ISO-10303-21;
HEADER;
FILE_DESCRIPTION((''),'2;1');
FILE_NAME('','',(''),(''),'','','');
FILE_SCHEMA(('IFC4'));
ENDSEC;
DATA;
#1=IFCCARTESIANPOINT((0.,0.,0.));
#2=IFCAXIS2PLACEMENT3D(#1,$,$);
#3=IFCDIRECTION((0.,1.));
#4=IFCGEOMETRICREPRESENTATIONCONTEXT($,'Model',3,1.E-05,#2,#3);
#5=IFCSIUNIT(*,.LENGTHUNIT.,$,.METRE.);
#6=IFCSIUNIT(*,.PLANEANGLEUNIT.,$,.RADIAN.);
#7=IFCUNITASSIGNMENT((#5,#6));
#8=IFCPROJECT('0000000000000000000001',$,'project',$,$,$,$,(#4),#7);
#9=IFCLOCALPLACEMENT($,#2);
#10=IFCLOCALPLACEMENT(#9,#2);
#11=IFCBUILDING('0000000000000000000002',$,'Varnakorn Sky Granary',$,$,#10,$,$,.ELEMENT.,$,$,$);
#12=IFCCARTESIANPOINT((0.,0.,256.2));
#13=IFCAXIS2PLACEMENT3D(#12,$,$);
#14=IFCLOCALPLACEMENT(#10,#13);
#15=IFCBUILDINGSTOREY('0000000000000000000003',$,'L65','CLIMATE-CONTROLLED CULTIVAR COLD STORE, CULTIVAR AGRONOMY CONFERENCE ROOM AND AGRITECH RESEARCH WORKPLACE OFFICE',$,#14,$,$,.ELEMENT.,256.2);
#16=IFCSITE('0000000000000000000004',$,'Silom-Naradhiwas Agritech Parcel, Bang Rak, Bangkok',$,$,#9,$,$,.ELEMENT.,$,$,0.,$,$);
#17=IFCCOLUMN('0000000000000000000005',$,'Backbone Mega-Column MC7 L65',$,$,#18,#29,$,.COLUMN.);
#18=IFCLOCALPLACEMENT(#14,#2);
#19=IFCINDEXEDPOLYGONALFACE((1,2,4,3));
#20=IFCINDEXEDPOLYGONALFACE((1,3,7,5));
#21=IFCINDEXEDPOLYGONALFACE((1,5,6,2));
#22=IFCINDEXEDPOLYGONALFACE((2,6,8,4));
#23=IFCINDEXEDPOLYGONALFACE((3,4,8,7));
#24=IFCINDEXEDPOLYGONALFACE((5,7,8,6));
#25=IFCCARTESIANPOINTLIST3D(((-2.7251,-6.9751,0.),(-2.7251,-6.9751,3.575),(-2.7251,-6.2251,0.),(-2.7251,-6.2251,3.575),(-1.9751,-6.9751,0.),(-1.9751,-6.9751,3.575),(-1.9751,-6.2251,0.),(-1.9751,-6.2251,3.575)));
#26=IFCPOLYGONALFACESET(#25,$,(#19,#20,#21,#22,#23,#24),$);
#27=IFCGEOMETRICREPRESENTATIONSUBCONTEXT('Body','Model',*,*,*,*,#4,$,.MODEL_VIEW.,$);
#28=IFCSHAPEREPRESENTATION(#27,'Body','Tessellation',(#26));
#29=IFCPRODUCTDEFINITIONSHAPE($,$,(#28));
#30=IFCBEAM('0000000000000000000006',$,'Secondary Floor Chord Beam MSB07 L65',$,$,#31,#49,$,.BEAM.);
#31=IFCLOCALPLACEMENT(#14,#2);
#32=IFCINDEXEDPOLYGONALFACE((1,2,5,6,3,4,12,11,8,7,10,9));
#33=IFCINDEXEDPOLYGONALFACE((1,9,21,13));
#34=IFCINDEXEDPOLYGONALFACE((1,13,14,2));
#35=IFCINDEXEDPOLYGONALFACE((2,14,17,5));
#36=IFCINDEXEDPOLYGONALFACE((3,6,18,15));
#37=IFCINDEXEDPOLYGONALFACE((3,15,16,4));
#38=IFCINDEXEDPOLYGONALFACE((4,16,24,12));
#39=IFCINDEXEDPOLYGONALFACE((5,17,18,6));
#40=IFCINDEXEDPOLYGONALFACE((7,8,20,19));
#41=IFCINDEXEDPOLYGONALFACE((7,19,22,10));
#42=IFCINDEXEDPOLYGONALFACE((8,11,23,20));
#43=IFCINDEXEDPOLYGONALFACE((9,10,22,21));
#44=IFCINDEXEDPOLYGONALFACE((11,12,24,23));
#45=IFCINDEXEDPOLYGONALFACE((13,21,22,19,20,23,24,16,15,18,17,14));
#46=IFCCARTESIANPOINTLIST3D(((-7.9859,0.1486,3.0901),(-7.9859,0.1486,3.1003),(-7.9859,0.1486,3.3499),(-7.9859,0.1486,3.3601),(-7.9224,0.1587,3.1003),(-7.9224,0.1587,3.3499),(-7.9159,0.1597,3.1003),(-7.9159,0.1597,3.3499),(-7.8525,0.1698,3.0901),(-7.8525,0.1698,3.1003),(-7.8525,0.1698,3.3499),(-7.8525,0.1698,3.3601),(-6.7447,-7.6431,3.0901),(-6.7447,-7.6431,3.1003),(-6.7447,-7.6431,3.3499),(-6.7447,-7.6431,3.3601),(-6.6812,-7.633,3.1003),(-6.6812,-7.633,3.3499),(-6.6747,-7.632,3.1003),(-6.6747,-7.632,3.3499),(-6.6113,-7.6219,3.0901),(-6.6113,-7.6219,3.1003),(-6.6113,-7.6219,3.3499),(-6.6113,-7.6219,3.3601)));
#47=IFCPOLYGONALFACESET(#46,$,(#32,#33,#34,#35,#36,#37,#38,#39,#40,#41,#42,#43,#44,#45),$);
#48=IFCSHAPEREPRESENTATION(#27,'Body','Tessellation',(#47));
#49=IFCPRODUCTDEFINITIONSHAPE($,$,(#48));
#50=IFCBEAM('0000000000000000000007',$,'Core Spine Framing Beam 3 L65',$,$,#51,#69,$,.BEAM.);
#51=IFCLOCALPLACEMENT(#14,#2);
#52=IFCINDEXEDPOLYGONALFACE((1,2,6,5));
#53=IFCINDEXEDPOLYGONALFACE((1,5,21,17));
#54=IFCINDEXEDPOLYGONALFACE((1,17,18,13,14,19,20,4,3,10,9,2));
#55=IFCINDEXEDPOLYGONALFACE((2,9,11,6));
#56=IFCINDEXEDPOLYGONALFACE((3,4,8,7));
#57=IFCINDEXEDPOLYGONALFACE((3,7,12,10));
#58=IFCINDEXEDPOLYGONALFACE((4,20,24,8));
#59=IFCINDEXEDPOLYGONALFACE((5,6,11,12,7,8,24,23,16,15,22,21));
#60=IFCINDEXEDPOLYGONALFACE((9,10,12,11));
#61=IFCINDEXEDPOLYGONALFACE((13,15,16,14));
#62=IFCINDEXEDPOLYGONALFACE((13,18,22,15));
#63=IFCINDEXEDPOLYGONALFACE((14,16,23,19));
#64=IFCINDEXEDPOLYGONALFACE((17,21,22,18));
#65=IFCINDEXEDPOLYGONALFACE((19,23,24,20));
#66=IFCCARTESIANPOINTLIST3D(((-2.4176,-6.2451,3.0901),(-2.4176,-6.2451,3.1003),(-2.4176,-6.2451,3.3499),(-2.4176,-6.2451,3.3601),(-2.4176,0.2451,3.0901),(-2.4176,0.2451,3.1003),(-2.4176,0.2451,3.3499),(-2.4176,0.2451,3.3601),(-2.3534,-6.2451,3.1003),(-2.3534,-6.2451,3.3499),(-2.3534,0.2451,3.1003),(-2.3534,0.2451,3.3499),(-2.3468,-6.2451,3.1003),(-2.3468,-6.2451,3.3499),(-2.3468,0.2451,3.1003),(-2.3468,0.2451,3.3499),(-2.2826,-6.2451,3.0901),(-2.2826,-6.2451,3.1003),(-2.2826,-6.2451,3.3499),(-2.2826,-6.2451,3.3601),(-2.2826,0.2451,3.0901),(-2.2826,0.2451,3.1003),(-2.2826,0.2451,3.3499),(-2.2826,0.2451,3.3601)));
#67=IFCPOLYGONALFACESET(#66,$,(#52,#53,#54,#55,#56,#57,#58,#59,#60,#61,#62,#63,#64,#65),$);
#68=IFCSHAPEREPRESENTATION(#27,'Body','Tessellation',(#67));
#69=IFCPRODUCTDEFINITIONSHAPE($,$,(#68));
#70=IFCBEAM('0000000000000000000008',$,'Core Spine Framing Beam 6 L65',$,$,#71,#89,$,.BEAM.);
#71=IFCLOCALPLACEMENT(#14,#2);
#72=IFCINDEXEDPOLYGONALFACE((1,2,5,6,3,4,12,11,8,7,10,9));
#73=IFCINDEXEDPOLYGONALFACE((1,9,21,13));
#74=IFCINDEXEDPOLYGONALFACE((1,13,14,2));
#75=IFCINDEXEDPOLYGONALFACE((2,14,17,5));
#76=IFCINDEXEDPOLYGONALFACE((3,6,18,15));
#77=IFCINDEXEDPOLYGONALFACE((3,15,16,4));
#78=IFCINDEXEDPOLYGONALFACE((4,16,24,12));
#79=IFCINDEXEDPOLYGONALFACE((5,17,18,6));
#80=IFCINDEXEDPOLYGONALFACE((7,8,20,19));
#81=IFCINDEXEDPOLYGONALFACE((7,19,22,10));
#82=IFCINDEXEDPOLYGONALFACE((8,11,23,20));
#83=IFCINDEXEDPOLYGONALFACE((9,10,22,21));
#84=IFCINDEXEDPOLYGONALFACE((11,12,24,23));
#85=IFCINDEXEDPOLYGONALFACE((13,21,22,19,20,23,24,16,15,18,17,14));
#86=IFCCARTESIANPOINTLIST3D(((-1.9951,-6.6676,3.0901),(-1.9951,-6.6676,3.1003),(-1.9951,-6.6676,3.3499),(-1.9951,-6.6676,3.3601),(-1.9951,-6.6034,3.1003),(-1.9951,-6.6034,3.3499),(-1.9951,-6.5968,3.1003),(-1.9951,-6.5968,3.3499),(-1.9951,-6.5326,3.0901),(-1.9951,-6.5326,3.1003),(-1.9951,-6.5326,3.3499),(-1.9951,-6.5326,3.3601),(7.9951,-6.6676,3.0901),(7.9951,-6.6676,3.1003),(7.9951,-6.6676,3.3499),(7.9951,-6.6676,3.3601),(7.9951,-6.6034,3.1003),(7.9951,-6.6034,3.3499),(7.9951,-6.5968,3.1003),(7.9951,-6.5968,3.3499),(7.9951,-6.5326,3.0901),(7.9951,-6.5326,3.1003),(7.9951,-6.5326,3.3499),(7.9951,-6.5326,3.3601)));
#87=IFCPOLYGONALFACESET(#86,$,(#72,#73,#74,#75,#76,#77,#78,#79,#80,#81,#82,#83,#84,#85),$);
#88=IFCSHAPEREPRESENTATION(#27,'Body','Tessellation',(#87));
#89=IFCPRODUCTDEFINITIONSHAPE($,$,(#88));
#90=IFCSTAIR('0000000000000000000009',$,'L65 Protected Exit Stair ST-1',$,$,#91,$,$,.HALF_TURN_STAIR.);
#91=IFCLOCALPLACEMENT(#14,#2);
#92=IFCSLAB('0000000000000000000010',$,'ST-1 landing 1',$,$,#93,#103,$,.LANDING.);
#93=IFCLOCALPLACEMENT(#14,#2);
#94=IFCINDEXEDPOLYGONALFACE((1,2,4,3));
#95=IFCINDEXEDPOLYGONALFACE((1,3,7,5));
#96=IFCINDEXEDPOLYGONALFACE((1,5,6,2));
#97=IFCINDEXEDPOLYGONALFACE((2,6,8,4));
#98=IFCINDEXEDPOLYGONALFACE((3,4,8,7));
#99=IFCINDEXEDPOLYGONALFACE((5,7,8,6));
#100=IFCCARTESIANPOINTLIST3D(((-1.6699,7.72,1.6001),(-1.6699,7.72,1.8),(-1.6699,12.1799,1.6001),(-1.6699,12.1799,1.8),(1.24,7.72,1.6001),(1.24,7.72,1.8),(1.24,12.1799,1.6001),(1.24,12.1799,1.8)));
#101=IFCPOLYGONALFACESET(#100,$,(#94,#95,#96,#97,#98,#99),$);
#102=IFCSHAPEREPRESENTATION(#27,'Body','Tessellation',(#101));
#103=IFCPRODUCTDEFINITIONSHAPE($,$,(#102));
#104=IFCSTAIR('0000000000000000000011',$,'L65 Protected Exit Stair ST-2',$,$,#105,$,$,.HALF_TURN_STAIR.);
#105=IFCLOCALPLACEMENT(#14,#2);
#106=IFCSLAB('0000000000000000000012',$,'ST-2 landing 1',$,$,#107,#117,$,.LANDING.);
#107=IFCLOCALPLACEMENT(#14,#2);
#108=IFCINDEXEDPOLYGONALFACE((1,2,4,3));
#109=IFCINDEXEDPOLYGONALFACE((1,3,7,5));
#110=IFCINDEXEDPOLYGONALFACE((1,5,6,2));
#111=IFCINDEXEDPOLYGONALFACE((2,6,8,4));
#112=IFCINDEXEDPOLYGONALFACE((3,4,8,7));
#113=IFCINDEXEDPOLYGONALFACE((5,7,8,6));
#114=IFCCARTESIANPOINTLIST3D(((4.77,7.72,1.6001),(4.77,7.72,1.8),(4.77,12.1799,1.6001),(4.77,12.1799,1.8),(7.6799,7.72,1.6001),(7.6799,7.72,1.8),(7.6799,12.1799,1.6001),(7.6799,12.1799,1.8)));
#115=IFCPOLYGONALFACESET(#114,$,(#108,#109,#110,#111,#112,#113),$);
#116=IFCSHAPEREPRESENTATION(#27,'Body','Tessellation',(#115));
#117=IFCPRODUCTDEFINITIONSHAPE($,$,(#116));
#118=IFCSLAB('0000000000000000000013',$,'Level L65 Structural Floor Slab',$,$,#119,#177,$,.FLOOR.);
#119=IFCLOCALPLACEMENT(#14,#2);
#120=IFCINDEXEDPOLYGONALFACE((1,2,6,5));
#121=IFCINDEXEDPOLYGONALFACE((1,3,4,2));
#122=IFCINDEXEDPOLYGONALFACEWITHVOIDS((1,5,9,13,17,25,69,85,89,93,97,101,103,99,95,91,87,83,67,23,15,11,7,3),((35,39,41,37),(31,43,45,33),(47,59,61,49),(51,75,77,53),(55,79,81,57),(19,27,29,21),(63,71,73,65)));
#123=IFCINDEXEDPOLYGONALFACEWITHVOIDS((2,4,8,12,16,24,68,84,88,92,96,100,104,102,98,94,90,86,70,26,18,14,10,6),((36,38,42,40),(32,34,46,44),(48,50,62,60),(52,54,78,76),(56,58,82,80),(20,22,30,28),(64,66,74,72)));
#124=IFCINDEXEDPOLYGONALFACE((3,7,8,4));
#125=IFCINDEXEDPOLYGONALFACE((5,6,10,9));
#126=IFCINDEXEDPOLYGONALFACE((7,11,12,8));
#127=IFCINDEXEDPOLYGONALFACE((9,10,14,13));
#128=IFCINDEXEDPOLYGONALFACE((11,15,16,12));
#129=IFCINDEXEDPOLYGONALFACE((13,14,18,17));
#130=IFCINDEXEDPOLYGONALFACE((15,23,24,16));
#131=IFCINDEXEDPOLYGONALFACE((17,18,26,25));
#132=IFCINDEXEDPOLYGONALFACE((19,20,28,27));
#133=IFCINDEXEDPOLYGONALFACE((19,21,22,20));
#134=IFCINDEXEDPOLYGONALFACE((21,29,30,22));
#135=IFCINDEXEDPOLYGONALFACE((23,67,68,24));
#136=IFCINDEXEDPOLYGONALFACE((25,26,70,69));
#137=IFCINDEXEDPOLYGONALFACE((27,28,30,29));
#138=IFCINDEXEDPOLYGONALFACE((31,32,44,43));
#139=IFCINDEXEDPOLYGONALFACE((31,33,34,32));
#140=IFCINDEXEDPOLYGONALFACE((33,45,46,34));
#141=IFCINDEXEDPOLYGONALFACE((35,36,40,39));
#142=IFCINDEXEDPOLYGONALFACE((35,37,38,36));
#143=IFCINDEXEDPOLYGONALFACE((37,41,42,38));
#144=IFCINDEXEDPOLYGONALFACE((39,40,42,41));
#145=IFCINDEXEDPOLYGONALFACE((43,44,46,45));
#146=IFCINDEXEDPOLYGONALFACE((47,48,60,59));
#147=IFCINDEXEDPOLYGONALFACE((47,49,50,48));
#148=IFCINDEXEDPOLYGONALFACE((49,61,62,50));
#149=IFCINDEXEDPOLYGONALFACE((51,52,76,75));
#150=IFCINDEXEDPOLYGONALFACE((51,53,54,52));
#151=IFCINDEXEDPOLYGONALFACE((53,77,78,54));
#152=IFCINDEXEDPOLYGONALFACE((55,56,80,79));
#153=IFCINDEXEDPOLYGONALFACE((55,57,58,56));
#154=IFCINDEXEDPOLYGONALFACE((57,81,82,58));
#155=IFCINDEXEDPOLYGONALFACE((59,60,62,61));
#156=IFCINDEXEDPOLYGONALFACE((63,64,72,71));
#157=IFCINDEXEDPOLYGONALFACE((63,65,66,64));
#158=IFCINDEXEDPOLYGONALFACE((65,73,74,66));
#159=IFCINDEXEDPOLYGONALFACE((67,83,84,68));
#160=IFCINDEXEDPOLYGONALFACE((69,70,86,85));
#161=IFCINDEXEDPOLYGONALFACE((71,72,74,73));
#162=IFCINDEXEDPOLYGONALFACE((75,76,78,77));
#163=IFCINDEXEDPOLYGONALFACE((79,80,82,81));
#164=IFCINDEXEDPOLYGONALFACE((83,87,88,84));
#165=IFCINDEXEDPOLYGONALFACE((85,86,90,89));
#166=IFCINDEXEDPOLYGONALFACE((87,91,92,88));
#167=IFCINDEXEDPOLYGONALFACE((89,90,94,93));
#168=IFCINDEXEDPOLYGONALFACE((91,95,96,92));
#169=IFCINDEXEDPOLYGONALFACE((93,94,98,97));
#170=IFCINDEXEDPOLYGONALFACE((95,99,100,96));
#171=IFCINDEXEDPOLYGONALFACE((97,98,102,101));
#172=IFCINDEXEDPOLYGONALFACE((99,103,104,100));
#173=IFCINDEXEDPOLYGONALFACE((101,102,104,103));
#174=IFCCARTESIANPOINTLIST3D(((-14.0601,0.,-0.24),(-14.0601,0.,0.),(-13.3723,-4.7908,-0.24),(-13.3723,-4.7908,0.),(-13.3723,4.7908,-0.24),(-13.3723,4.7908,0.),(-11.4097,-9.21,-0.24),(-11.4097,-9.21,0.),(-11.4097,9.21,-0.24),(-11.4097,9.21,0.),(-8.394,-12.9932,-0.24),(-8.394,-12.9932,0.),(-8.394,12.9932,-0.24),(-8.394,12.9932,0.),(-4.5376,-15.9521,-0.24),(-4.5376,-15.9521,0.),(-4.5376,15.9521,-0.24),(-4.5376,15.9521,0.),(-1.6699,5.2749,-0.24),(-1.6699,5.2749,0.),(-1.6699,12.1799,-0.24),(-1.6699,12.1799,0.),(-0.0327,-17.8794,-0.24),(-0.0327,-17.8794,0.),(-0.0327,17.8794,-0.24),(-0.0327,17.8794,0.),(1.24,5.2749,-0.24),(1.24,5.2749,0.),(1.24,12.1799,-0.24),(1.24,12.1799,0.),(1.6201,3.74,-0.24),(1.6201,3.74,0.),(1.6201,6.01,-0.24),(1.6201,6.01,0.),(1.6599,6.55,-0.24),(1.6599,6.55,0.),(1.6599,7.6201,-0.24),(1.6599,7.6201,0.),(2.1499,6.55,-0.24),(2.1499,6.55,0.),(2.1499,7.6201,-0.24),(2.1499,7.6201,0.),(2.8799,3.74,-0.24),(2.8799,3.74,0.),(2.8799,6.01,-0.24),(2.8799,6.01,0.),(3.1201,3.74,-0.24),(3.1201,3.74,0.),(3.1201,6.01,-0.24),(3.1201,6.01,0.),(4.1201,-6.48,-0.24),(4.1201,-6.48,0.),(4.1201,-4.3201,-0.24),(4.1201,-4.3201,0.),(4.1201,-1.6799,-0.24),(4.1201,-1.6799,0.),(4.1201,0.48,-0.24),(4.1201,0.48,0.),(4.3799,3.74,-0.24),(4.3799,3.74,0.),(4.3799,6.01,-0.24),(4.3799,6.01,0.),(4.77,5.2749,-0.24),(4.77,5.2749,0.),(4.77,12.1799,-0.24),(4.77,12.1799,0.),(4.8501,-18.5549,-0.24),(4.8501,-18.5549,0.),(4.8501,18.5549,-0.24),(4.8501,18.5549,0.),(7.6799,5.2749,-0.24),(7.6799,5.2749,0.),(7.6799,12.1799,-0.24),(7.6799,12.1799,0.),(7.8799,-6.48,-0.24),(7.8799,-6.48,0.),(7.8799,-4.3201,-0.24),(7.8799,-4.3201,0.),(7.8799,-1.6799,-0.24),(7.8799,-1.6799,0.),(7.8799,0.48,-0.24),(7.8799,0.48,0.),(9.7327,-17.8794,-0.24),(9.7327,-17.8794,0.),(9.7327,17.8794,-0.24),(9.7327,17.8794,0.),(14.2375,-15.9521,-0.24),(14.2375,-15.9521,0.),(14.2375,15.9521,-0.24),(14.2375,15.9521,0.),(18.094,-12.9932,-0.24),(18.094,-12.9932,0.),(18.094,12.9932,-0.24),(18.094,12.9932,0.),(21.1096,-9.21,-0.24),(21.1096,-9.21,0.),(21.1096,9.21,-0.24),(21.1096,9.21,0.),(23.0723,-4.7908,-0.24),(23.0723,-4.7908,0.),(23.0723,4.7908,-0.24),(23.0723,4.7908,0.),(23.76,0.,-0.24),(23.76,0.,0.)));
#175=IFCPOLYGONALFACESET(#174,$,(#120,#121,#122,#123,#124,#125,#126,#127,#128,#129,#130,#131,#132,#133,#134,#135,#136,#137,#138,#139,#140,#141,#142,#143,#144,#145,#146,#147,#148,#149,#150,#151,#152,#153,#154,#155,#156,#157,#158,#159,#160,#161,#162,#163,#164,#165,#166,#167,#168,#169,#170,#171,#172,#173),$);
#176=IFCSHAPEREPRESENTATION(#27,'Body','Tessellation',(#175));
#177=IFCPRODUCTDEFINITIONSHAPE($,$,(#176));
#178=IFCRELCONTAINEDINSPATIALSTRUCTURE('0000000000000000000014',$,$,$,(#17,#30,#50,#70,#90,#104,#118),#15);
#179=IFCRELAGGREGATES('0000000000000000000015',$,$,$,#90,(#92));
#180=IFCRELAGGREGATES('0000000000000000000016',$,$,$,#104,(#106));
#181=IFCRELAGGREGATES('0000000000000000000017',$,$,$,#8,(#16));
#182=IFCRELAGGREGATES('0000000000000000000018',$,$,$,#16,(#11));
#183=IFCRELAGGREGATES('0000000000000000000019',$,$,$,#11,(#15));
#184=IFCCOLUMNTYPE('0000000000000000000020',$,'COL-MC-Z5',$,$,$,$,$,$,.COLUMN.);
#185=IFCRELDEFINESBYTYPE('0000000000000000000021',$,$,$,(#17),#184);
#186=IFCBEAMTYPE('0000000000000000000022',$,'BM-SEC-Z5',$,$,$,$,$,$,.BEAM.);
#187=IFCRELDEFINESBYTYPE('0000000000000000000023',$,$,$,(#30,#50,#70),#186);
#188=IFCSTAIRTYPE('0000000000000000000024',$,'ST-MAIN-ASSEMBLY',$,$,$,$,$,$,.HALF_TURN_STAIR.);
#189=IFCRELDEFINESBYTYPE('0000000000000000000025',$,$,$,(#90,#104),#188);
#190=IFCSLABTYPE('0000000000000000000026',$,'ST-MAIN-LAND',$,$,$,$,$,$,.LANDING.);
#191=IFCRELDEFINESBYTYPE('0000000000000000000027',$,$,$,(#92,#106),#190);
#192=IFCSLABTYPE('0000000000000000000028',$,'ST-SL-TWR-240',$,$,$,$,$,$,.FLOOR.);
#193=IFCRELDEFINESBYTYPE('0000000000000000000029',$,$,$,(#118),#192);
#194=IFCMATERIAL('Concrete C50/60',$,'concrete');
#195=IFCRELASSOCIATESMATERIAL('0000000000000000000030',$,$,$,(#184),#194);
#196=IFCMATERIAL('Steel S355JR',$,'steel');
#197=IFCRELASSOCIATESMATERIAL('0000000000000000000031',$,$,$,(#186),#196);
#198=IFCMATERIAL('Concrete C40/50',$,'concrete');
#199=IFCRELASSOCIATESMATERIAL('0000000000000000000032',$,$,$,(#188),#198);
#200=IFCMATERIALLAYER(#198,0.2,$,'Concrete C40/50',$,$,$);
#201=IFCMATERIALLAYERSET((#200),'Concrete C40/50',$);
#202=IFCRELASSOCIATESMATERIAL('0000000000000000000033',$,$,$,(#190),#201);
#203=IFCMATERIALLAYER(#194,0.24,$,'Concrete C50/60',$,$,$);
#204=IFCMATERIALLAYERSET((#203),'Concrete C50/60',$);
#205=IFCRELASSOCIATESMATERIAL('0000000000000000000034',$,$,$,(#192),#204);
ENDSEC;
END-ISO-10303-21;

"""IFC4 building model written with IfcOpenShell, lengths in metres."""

from ifc_helpers import new_model, si_unit, direction, frame, origin, origin_2d, place, context, subcontext, project, spatial, polyline, rectangle, i_section, outline, extrude, material, layer, layer_set, material_profile, profile_set, type_object, element, aggregate, save


model = new_model("IFC4")

# Units and contexts
model_context = context("Model", 3, precision=1e-05, world=origin(), true_north=direction((0.0, 1.0)))
body_context = subcontext(model_context, "Body", "Model", "MODEL_VIEW")
ifc_project = project(units=[si_unit("LENGTHUNIT", "METRE"), si_unit("PLANEANGLEUNIT", "RADIAN")], contexts=[model_context])

# Site, building, storey
site_placement = place(None, origin())
site = spatial("IfcSite", under=ifc_project, at=site_placement, Name="Silom-Naradhiwas Agritech Parcel, Bang Rak, Bangkok", CompositionType="ELEMENT", RefElevation=0.0)
building_placement = place(site_placement, origin())
building = spatial("IfcBuilding", under=site, at=building_placement, Name="Varnakorn Sky Granary", CompositionType="ELEMENT")
storey_placement = place(building_placement, frame((0.0, 0.0, 256.2)))
storey = spatial("IfcBuildingStorey", under=building, at=storey_placement, Name="L65", Description="CLIMATE-CONTROLLED CULTIVAR COLD STORE, CULTIVAR AGRONOMY CONFERENCE ROOM AND AGRITECH RESEARCH WORKPLACE OFFICE", CompositionType="ELEMENT", Elevation=256.2)

# Column
ifc_material_1 = material(Name="Concrete C50/60", Category="concrete")
ifc_material_profile_1 = material_profile(ifc_material_1, rectangle(XDim=0.75, YDim=0.75, at=origin_2d()), Name="RC 750x750")
ifc_profile_set_1 = profile_set([ifc_material_profile_1], Name="Concrete C50/60")
column_type = type_object("IfcColumnType", Name="COL-MC-Z5", PredefinedType="COLUMN", material=ifc_profile_set_1)
column_placement = place(storey_placement, frame((-2.3501, -6.6001, 0.0), z_axis=(0.0, 0.0, 1.0), x_axis=(1.0, 0.0, 0.0)))
element("IfcColumn", 1, at=column_placement, inside=storey, type_object=column_type, Name="Backbone Mega-Column MC7 L65", PredefinedType="COLUMN", context=body_context, shape_type="SweptSolid", body=[
    extrude(rectangle(XDim=0.75, YDim=0.75, at=origin_2d()), origin(), (0.0, 0.0, 1.0), 3.575),
])

# Beams
ifc_material_2 = material(Name="Steel S355JR", Category="steel")
ifc_material_profile_2 = material_profile(ifc_material_2, i_section(OverallWidth=0.135, OverallDepth=0.27, WebThickness=0.0066, FlangeThickness=0.0103, at=origin_2d()), Name="IPE 270")
ifc_profile_set_2 = profile_set([ifc_material_profile_2], Name="Steel S355JR")
beam_type = type_object("IfcBeamType", Name="BM-SEC-Z5", PredefinedType="BEAM", material=ifc_profile_set_2)
beam_1_placement = place(storey_placement, frame((-7.9192, 0.1592, 3.2251), z_axis=(0.157315, -0.987549, 0.0), x_axis=(0.987549, 0.157315, 0.0)))
element("IfcBeam", 2, at=beam_1_placement, inside=storey, type_object=beam_type, Name="Secondary Floor Chord Beam MSB07 L65", PredefinedType="BEAM", context=body_context, shape_type="SweptSolid", body=[
    extrude(i_section(OverallWidth=0.135, OverallDepth=0.27, WebThickness=0.0066, FlangeThickness=0.0103, at=origin_2d()), origin(), (0.0, 0.0, 1.0), 7.8899),
])
beam_2_placement = place(storey_placement, frame((-2.3501, 0.2451, 3.2251), z_axis=(0.0, -1.0, 0.0), x_axis=(1.0, 0.0, 0.0)))
element("IfcBeam", 3, at=beam_2_placement, inside=storey, type_object=beam_type, Name="Core Spine Framing Beam 3 L65", PredefinedType="BEAM", context=body_context, shape_type="SweptSolid", body=[
    extrude(i_section(OverallWidth=0.135, OverallDepth=0.27, WebThickness=0.0066, FlangeThickness=0.0103, at=origin_2d()), origin(), (0.0, 0.0, 1.0), 6.4902),
])
beam_3_placement = place(storey_placement, frame((-1.9951, -6.6001, 3.2251), z_axis=(1.0, 0.0, 0.0), x_axis=(0.0, 1.0, 0.0)))
element("IfcBeam", 4, at=beam_3_placement, inside=storey, type_object=beam_type, Name="Core Spine Framing Beam 6 L65", PredefinedType="BEAM", context=body_context, shape_type="SweptSolid", body=[
    extrude(i_section(OverallWidth=0.135, OverallDepth=0.27, WebThickness=0.0066, FlangeThickness=0.0103, at=origin_2d()), origin(), (0.0, 0.0, 1.0), 9.9902),
])

# Stairs, slabs
ifc_material_3 = material(Name="Concrete C40/50", Category="concrete")
stair_type = type_object("IfcStairType", Name="ST-MAIN-ASSEMBLY", PredefinedType="HALF_TURN_STAIR", material=ifc_material_3)
stair_1_placement = place(storey_placement, origin())
stair_1 = element("IfcStair", 5, at=stair_1_placement, inside=storey, type_object=stair_type, Name="L65 Protected Exit Stair ST-1", PredefinedType="HALF_TURN_STAIR")
ifc_layer_1 = layer(ifc_material_3, 0.2, Name="Concrete C40/50")
ifc_layer_set_1 = layer_set([ifc_layer_1], Name="Concrete C40/50")
slab_type_1 = type_object("IfcSlabType", Name="ST-MAIN-LAND", PredefinedType="LANDING", material=ifc_layer_set_1)
slab_1_placement = place(storey_placement, frame((0.0, 0.0, 1.6001)))
slab_1 = element("IfcSlab", 6, at=slab_1_placement, type_object=slab_type_1, Name="ST-1 landing 1", PredefinedType="LANDING", context=body_context, shape_type="SweptSolid", body=[
    extrude(outline(polyline([(1.24, 7.72), (1.24, 12.1799), (-1.6699, 12.1799), (-1.6699, 7.72), (1.24, 7.72)])), origin(), (0.0, 0.0, 1.0), 0.2),
])
aggregate(stair_1, [slab_1])
stair_2_placement = place(storey_placement, origin())
stair_2 = element("IfcStair", 7, at=stair_2_placement, inside=storey, type_object=stair_type, Name="L65 Protected Exit Stair ST-2", PredefinedType="HALF_TURN_STAIR")
slab_2_placement = place(storey_placement, frame((0.0, 0.0, 1.6001)))
slab_2 = element("IfcSlab", 8, at=slab_2_placement, type_object=slab_type_1, Name="ST-2 landing 1", PredefinedType="LANDING", context=body_context, shape_type="SweptSolid", body=[
    extrude(outline(polyline([(7.6799, 7.72), (7.6799, 12.1799), (4.77, 12.1799), (4.77, 7.72), (7.6799, 7.72)])), origin(), (0.0, 0.0, 1.0), 0.2),
])
aggregate(stair_2, [slab_2])

# Slab
ifc_layer_2 = layer(ifc_material_1, 0.24, Name="Concrete C50/60")
ifc_layer_set_2 = layer_set([ifc_layer_2], Name="Concrete C50/60")
slab_type_2 = type_object("IfcSlabType", Name="ST-SL-TWR-240", PredefinedType="FLOOR", material=ifc_layer_set_2)
slab_3_placement = place(storey_placement, frame((0.0, 0.0, -0.24)))
element("IfcSlab", 9, at=slab_3_placement, inside=storey, type_object=slab_type_2, Name="Level L65 Structural Floor Slab", PredefinedType="FLOOR", context=body_context, shape_type="SweptSolid", body=[
    extrude(outline(polyline([(23.76, 0.0), (23.0723, 4.7908), (21.1096, 9.21), (18.094, 12.9932), (14.2375, 15.9521), (9.7327, 17.8794), (4.8501, 18.5549), (-0.0327, 17.8794), (-4.5376, 15.9521), (-8.394, 12.9932), (-11.4097, 9.21), (-13.3723, 4.7908), (-14.0601, 0.0), (-13.3723, -4.7908), (-11.4097, -9.21), (-8.394, -12.9932), (-4.5376, -15.9521), (-0.0327, -17.8794), (4.8501, -18.5549), (9.7327, -17.8794), (14.2375, -15.9521), (18.094, -12.9932), (21.1096, -9.21), (23.0723, -4.7908), (23.76, 0.0)]), holes=[polyline([(1.24, 5.2749), (1.24, 12.1799), (-1.6699, 12.1799), (-1.6699, 5.2749), (1.24, 5.2749)]), polyline([(7.6799, 5.2749), (7.6799, 12.1799), (4.77, 12.1799), (4.77, 5.2749), (7.6799, 5.2749)]), polyline([(1.6599, 6.55), (2.1499, 6.55), (2.1499, 7.6201), (1.6599, 7.6201), (1.6599, 6.55)]), polyline([(1.6201, 3.74), (2.8799, 3.74), (2.8799, 6.01), (1.6201, 6.01), (1.6201, 3.74)]), polyline([(3.1201, 3.74), (4.3799, 3.74), (4.3799, 6.01), (3.1201, 6.01), (3.1201, 3.74)]), polyline([(4.1201, -1.6799), (7.8799, -1.6799), (7.8799, 0.48), (4.1201, 0.48), (4.1201, -1.6799)]), polyline([(4.1201, -6.48), (7.8799, -6.48), (7.8799, -4.3201), (4.1201, -4.3201), (4.1201, -6.48)])]), origin(), (0.0, 0.0, 1.0), 0.24),
])

save(model, "model.ifc")
